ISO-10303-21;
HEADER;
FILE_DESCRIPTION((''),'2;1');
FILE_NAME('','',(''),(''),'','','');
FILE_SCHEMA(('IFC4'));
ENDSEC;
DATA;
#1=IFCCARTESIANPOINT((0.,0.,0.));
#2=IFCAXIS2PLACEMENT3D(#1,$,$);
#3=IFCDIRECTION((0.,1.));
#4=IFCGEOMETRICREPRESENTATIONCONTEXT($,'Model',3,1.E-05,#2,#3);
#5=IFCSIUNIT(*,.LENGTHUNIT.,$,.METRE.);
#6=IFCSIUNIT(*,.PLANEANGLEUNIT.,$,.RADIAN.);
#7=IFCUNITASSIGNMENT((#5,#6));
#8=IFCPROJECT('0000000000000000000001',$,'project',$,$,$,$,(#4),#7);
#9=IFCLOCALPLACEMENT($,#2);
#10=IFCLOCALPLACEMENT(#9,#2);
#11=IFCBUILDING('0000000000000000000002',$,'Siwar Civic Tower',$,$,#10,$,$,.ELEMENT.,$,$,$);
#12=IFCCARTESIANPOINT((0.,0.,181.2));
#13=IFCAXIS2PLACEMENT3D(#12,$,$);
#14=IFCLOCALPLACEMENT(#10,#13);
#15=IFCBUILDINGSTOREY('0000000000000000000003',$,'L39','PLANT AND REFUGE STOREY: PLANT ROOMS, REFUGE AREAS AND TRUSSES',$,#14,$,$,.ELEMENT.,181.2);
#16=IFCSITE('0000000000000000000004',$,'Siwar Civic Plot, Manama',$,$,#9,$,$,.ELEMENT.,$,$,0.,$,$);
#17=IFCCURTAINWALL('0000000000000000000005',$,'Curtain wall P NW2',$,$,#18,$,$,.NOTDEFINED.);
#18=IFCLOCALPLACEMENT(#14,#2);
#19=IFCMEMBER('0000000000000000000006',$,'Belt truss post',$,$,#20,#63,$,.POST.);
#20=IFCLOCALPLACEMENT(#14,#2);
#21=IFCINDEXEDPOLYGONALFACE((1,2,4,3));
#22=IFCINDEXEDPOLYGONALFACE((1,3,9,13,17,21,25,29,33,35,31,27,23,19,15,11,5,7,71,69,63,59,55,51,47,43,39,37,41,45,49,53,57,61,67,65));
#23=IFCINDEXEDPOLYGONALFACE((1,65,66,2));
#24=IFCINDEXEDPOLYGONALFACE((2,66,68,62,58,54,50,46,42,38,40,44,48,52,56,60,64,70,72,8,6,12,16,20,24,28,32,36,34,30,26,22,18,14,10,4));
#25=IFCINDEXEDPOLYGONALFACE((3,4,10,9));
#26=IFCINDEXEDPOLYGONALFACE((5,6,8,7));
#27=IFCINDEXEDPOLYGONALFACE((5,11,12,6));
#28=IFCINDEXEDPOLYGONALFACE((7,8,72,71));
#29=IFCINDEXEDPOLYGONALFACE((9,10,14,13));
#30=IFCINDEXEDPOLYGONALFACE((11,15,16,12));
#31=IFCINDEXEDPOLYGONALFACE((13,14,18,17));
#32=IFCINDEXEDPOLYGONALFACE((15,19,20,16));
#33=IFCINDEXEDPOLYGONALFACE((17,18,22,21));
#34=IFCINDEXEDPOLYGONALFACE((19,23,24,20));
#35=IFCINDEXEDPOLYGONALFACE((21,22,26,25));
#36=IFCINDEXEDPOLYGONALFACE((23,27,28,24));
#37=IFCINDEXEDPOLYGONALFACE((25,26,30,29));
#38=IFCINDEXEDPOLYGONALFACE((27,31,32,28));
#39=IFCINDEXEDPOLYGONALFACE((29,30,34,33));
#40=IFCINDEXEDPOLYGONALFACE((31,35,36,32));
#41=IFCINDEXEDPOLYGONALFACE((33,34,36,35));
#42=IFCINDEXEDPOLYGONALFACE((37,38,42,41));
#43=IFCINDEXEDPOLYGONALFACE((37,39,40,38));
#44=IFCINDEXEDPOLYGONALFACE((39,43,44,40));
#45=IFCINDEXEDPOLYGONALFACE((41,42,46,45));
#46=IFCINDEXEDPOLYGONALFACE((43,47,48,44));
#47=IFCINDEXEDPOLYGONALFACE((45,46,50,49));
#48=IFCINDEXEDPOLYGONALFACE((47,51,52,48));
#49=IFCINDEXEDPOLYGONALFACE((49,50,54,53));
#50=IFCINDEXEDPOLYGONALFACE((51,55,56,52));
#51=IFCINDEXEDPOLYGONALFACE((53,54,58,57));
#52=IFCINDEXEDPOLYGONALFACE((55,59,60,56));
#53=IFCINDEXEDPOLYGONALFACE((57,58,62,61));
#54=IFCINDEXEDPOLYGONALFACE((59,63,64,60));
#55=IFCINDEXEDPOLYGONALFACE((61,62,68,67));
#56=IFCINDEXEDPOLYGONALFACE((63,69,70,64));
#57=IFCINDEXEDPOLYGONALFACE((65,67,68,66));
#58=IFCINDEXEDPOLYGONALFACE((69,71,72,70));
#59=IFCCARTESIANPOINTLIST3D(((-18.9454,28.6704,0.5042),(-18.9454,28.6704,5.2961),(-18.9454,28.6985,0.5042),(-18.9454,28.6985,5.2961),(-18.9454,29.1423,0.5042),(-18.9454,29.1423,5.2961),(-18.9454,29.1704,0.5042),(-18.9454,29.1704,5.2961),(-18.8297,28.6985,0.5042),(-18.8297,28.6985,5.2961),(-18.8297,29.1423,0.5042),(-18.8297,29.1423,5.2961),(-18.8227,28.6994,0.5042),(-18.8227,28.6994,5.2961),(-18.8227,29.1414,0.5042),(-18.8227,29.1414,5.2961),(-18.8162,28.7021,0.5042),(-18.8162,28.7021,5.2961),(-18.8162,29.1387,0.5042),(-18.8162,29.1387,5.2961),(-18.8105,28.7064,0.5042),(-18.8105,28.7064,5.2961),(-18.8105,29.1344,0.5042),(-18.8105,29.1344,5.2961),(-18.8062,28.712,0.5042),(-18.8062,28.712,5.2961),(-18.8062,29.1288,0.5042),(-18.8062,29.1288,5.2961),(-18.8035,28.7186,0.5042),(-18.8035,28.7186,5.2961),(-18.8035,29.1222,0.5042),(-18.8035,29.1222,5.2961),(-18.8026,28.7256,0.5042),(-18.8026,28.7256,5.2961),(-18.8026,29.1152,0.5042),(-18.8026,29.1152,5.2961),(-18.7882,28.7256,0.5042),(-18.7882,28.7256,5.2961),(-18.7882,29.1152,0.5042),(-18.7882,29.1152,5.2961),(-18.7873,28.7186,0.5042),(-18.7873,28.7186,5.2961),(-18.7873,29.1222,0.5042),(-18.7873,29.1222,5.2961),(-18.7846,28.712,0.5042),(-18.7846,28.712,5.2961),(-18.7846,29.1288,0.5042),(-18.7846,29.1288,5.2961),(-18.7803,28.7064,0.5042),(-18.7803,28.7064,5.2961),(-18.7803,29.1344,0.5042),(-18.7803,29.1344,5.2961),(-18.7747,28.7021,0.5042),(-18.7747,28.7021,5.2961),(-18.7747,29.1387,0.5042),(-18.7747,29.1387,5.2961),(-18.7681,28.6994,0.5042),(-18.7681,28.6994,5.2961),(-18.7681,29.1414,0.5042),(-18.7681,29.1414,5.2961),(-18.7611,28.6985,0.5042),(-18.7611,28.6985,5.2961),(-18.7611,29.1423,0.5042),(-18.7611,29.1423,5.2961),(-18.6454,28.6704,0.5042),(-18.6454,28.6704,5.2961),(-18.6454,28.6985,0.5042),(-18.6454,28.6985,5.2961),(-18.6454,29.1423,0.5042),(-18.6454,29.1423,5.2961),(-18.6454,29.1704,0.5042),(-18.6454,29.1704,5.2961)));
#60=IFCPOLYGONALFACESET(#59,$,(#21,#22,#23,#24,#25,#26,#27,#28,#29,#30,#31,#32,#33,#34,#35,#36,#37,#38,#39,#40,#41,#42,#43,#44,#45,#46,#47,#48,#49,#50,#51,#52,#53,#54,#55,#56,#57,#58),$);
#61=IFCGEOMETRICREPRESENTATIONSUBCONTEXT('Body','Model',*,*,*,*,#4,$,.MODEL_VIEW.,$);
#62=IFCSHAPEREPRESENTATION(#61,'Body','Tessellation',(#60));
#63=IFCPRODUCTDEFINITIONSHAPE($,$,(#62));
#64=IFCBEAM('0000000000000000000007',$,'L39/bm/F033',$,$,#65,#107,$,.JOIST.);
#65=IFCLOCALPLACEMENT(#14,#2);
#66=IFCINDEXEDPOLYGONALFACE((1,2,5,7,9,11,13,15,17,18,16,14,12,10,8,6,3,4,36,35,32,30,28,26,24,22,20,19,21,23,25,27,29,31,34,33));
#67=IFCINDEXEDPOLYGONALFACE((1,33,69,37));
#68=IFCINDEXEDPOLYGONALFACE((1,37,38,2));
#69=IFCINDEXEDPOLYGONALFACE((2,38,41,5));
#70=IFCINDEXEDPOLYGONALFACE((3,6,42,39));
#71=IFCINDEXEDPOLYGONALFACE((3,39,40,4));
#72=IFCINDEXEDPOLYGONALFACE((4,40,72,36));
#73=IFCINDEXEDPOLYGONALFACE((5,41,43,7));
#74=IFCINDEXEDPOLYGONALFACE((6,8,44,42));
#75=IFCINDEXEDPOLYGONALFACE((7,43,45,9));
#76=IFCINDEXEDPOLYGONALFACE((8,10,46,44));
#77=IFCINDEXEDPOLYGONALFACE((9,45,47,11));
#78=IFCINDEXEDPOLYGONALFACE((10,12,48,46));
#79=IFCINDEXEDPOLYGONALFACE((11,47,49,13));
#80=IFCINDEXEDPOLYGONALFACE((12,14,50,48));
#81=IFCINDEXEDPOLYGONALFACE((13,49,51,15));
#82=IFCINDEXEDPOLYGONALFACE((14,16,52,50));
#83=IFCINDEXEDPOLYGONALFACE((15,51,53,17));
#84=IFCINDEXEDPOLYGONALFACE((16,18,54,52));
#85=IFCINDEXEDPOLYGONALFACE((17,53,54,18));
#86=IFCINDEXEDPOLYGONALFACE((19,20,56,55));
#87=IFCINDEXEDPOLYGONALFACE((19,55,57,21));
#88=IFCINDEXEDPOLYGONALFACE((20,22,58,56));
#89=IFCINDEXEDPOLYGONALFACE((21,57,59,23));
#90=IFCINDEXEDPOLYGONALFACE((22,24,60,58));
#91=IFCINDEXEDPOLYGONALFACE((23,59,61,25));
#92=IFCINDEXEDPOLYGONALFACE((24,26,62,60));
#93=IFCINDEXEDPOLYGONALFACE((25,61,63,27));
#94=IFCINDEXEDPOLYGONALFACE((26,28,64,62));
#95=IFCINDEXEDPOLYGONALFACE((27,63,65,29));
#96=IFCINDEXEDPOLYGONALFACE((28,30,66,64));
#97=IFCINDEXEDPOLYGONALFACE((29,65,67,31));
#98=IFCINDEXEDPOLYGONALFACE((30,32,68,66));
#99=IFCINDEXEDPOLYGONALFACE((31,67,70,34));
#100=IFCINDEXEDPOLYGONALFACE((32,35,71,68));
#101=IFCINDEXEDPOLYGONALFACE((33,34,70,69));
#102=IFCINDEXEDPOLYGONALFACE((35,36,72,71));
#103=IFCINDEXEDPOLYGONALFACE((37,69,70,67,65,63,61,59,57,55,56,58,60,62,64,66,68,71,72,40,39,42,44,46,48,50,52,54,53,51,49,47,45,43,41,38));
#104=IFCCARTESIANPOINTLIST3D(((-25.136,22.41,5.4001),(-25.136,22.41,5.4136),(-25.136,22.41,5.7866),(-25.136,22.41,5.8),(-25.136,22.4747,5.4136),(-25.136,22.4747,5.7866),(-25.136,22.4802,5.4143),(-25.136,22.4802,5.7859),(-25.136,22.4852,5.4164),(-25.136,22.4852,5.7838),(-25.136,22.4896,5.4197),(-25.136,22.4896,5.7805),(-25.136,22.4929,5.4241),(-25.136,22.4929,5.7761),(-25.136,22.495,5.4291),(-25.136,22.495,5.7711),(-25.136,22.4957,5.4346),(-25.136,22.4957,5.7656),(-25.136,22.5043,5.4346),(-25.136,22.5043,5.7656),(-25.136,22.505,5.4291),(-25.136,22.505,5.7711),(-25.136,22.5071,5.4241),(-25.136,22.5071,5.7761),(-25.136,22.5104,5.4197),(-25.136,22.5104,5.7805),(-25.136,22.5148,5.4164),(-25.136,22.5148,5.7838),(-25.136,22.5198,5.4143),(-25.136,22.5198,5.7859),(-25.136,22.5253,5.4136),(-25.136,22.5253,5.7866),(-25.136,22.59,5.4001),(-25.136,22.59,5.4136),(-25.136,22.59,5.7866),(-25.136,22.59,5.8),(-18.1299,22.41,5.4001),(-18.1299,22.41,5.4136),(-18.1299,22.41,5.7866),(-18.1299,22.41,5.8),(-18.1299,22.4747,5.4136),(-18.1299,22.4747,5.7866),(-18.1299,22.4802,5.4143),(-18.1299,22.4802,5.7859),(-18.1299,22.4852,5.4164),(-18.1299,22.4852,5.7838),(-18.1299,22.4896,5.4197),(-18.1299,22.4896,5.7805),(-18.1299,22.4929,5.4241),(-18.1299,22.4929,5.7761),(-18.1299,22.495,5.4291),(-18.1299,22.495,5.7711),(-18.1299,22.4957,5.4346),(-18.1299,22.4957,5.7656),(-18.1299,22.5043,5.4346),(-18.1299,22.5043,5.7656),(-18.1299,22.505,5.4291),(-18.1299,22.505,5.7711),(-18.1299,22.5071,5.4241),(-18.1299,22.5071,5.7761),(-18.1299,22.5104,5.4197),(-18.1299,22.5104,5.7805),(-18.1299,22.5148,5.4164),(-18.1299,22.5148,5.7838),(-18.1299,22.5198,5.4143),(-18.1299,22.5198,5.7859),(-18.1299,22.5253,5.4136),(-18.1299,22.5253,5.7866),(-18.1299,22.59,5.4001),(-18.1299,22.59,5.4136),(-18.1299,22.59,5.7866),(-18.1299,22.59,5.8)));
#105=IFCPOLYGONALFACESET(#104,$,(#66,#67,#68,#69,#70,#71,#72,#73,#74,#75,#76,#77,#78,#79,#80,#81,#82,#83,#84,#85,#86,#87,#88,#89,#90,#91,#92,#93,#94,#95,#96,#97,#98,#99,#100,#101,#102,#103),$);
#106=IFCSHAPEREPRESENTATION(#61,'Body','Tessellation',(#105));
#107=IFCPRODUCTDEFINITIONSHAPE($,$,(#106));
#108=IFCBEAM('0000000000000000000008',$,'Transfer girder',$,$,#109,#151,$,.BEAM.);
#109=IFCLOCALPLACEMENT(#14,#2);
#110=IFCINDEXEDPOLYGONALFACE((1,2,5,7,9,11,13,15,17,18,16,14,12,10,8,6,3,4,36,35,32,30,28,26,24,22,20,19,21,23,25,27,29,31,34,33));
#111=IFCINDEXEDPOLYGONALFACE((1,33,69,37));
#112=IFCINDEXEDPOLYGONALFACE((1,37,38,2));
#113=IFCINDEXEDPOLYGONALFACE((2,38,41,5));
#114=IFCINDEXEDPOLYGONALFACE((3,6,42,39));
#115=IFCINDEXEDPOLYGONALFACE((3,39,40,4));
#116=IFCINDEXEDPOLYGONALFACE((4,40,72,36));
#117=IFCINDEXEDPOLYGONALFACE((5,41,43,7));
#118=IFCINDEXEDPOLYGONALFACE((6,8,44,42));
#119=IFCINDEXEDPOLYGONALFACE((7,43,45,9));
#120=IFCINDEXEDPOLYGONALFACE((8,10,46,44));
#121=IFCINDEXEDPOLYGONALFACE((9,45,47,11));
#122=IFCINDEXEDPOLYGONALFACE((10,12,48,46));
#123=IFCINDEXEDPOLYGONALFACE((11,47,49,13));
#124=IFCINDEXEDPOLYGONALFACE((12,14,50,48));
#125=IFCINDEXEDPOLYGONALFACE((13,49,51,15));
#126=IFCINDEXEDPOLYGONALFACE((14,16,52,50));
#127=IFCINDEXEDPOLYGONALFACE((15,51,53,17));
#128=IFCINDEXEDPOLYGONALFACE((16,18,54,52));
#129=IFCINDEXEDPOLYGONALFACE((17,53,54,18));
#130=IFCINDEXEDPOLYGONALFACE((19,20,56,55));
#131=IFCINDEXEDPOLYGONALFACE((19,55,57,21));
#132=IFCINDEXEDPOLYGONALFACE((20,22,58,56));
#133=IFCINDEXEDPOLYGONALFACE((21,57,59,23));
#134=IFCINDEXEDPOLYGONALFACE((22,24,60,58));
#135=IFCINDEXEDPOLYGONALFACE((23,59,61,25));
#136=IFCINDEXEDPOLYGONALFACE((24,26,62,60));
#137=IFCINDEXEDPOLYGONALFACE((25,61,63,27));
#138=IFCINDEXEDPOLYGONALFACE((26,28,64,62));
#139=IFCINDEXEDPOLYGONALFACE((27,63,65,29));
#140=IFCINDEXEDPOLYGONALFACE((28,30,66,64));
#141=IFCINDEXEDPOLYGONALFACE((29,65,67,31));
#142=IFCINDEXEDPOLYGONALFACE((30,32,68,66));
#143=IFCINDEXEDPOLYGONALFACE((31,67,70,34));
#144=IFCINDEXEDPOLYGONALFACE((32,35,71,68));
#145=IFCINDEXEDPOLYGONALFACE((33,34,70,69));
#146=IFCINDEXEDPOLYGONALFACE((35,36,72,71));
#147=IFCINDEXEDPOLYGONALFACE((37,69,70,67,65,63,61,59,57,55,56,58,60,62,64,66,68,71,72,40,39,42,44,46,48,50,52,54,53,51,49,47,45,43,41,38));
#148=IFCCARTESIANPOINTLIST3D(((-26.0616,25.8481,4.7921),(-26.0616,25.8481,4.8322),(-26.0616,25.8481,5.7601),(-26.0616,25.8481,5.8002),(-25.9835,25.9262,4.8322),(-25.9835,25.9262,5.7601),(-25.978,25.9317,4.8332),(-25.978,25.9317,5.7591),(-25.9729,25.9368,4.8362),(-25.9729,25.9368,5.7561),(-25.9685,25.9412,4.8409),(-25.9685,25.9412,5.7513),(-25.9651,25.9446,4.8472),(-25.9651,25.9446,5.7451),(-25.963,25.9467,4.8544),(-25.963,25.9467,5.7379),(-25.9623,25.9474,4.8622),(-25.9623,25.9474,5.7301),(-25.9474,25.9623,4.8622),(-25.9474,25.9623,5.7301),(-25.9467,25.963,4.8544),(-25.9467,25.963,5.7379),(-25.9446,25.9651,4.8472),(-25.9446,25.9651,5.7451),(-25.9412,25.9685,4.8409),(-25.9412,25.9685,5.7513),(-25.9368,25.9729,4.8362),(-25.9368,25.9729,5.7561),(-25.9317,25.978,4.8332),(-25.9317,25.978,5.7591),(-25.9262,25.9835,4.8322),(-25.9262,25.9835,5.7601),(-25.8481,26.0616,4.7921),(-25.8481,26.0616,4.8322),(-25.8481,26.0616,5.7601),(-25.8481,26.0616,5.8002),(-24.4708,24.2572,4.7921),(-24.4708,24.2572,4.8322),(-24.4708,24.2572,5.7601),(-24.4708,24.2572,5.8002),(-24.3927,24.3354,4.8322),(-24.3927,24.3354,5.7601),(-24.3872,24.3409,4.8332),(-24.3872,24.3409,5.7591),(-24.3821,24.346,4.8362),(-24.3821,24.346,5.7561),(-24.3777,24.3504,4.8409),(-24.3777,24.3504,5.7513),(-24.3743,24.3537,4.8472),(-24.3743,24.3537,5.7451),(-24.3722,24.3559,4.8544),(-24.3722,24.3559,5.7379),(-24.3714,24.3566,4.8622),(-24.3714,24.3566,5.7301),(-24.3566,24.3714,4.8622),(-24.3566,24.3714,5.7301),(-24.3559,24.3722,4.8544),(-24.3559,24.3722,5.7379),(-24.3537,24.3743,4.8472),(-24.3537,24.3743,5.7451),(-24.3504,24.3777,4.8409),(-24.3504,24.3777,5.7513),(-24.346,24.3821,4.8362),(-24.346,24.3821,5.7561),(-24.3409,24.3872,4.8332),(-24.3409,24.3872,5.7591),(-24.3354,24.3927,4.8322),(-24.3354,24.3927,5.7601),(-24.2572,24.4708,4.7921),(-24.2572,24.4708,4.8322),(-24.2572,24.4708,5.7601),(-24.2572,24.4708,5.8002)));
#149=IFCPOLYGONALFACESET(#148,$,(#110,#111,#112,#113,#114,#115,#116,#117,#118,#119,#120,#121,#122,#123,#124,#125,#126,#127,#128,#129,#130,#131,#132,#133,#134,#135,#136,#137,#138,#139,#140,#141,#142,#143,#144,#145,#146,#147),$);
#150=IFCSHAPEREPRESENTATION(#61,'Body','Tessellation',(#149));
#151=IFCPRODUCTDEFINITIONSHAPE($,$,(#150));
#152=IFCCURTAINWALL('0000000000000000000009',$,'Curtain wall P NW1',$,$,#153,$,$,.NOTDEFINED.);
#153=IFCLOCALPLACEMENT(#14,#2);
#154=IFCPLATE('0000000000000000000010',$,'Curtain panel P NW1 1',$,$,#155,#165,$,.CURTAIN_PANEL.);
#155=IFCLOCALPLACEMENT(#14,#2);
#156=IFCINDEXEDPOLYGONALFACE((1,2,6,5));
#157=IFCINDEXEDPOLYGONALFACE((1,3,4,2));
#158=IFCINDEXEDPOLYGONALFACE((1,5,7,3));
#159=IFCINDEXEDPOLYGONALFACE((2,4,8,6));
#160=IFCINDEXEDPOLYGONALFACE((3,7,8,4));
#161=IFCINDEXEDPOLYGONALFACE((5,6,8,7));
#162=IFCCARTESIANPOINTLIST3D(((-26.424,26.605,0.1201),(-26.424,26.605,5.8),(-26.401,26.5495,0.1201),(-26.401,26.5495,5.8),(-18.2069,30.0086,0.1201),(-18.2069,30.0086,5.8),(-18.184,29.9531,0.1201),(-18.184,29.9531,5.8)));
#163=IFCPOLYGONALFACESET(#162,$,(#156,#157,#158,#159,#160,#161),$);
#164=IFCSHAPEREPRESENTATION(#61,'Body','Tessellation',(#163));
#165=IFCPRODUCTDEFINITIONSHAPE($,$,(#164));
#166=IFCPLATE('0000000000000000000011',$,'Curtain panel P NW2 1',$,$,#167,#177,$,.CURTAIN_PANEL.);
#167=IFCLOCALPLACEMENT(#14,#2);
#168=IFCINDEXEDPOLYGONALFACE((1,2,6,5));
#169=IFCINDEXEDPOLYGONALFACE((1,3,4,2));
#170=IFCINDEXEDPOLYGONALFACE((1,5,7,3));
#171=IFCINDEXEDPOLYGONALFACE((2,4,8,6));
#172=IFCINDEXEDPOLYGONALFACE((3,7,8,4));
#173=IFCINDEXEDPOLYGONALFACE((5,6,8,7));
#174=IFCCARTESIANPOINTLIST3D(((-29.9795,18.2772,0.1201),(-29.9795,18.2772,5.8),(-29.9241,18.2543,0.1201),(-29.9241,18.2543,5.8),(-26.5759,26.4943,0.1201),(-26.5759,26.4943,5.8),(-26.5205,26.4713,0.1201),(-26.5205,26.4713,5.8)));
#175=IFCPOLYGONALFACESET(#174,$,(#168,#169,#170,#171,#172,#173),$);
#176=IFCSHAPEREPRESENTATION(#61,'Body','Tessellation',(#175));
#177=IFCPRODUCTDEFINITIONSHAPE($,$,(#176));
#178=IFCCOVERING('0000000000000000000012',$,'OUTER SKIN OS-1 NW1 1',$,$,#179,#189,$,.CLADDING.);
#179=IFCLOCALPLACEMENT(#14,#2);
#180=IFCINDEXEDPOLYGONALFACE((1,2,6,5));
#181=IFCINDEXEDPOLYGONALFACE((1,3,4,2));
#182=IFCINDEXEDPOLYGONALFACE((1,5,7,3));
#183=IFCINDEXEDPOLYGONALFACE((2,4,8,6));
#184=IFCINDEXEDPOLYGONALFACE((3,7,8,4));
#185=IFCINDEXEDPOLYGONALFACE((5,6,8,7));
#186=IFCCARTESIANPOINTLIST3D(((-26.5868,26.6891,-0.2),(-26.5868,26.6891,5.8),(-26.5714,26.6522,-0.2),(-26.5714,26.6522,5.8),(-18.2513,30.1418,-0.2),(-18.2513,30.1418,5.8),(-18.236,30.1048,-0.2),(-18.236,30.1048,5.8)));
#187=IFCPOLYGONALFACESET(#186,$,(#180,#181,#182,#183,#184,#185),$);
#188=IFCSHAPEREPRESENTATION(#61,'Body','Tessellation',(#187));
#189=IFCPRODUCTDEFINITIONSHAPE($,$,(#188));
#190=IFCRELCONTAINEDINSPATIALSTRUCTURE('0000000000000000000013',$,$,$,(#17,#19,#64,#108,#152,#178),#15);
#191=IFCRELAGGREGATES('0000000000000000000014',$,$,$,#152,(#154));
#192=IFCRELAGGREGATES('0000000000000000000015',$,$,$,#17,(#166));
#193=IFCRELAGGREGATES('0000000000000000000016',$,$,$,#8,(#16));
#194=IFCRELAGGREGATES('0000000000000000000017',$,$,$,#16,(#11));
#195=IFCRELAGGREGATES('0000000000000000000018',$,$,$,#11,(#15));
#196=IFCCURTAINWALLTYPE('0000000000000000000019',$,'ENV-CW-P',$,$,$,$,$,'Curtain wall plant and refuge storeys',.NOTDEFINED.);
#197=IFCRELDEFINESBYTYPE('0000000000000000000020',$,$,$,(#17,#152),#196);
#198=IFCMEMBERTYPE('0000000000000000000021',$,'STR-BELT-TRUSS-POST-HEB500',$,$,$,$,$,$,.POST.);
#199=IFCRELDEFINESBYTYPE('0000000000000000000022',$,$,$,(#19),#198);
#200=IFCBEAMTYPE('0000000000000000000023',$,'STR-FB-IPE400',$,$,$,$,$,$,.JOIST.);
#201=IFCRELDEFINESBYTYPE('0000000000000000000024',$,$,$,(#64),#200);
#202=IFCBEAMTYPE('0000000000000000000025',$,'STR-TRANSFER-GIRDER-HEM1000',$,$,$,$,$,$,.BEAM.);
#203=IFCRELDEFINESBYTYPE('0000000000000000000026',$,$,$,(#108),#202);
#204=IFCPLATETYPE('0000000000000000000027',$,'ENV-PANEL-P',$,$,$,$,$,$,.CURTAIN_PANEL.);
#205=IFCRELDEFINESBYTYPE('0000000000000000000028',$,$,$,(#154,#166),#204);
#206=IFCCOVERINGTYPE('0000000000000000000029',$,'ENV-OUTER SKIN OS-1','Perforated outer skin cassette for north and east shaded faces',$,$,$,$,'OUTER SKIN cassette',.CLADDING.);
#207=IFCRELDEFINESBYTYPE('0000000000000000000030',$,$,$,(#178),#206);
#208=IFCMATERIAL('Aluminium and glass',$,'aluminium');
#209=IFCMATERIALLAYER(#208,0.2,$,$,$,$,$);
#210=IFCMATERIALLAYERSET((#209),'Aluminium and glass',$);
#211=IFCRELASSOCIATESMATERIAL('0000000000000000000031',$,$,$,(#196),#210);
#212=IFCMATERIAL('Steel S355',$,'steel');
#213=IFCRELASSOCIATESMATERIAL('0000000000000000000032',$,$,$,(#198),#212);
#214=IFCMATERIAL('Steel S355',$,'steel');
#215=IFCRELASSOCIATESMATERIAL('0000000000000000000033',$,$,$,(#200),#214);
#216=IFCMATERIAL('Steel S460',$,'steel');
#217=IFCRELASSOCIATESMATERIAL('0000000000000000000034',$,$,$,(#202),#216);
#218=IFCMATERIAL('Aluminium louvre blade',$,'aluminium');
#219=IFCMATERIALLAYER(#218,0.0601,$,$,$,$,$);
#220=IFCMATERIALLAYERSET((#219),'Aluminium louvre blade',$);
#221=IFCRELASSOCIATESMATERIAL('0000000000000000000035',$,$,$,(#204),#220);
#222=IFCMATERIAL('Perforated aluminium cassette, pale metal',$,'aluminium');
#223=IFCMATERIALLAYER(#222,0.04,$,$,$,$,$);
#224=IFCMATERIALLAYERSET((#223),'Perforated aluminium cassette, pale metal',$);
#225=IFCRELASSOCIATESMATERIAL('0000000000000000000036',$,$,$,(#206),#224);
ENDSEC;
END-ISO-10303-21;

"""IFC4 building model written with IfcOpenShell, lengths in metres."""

from ifc_helpers import new_model, si_unit, direction, frame, origin, origin_2d, place, context, subcontext, project, spatial, rectangle, i_section, extrude, material, layer, layer_set, material_profile, profile_set, type_object, element, aggregate, save


model = new_model("IFC4")

# Units and contexts
model_context = context("Model", 3, precision=1e-05, world=origin(), true_north=direction((0.0, 1.0)))
body_context = subcontext(model_context, "Body", "Model", "MODEL_VIEW")
ifc_project = project(units=[si_unit("LENGTHUNIT", "METRE"), si_unit("PLANEANGLEUNIT", "RADIAN")], contexts=[model_context])

# Site, building, storey
site_placement = place(None, origin())
site = spatial("IfcSite", under=ifc_project, at=site_placement, Name="Siwar Civic Plot, Manama", CompositionType="ELEMENT", RefElevation=0.0)
building_placement = place(site_placement, origin())
building = spatial("IfcBuilding", under=site, at=building_placement, Name="Siwar Civic Tower", CompositionType="ELEMENT")
storey_placement = place(building_placement, frame((0.0, 0.0, 181.2)))
storey = spatial("IfcBuildingStorey", under=building, at=storey_placement, Name="L39", Description="PLANT AND REFUGE STOREY: PLANT ROOMS, REFUGE AREAS AND TRUSSES", CompositionType="ELEMENT", Elevation=181.2)

# Curtain wall
ifc_material_1 = material(Name="Aluminium and glass", Category="aluminium")
ifc_layer_1 = layer(ifc_material_1, 0.2)
ifc_layer_set_1 = layer_set([ifc_layer_1], Name="Aluminium and glass")
curtain_wall_type = type_object("IfcCurtainWallType", Name="ENV-CW-P", ElementType="Curtain wall plant and refuge storeys", PredefinedType="NOTDEFINED", material=ifc_layer_set_1)
curtain_wall_1_placement = place(storey_placement, origin())
curtain_wall_1 = element("IfcCurtainWall", 1, at=curtain_wall_1_placement, inside=storey, type_object=curtain_wall_type, Name="Curtain wall P NW2", PredefinedType="NOTDEFINED")

# Member
ifc_material_2 = material(Name="Steel S355", Category="steel")
ifc_material_profile_1 = material_profile(ifc_material_2, i_section(OverallWidth=0.3, OverallDepth=0.5, WebThickness=0.0144, FlangeThickness=0.0281, FilletRadius=0.0271, at=origin_2d()), Name="HEB500")
ifc_profile_set_1 = profile_set([ifc_material_profile_1], Name="Steel S355")
member_type_1 = type_object("IfcMemberType", Name="STR-BELT-TRUSS-POST-HEB500", PredefinedType="POST", material=ifc_profile_set_1)
for number, where, z_axis, x_axis, name in (
    (2, (-18.7954, 28.9204, 0.5042), (0.0, 0.0, 1.0), (1.0, 0.0, 0.0), "Belt truss post"),
):
    element("IfcMember", number, at=place(storey_placement, frame(where, z_axis=z_axis, x_axis=x_axis)), inside=storey, type_object=member_type_1, Name=name, PredefinedType="POST", context=body_context, shape_type="SweptSolid", body=[
        extrude(i_section(OverallWidth=0.3, OverallDepth=0.5, WebThickness=0.0144, FlangeThickness=0.0281, FilletRadius=0.0271, at=origin_2d()), origin(), (0.0, 0.0, 1.0), 4.792),
    ])

# Beams
ifc_material_3 = material(Name="Steel S355", Category="steel")
ifc_material_profile_2 = material_profile(ifc_material_3, i_section(OverallWidth=0.1799, OverallDepth=0.3999, WebThickness=0.0085, FlangeThickness=0.0134, FilletRadius=0.021, at=origin_2d()), Name="IPE400")
ifc_profile_set_2 = profile_set([ifc_material_profile_2], Name="Steel S355")
beam_type_1 = type_object("IfcBeamType", Name="STR-FB-IPE400", PredefinedType="JOIST", material=ifc_profile_set_2)
beam_1_placement = place(storey_placement, frame((-25.136, 22.5, 5.6001), z_axis=(1.0, 0.0, 0.0), x_axis=(0.0, 1.0, 0.0)))
element("IfcBeam", 3, at=beam_1_placement, inside=storey, type_object=beam_type_1, Name="L39/bm/F033", PredefinedType="JOIST", context=body_context, shape_type="SweptSolid", body=[
    extrude(i_section(OverallWidth=0.1799, OverallDepth=0.3999, WebThickness=0.0085, FlangeThickness=0.0134, FilletRadius=0.021, at=origin_2d()), origin(), (0.0, 0.0, 1.0), 7.0061),
])
ifc_material_4 = material(Name="Steel S460", Category="steel")
ifc_material_profile_3 = material_profile(ifc_material_4, i_section(OverallWidth=0.302, OverallDepth=1.0081, WebThickness=0.021, FlangeThickness=0.04, FilletRadius=0.03, at=origin_2d()), Name="HEM1000")
ifc_profile_set_3 = profile_set([ifc_material_profile_3], Name="Steel S460")
beam_type_2 = type_object("IfcBeamType", Name="STR-TRANSFER-GIRDER-HEM1000", PredefinedType="BEAM", material=ifc_profile_set_3)
beam_2_placement = place(storey_placement, frame((-24.364, 24.364, 5.2961), z_axis=(-0.707107, 0.707107, 0.0), x_axis=(-0.707107, -0.707107, 0.0)))
element("IfcBeam", 4, at=beam_2_placement, inside=storey, type_object=beam_type_2, Name="Transfer girder", PredefinedType="BEAM", context=body_context, shape_type="SweptSolid", body=[
    extrude(i_section(OverallWidth=0.302, OverallDepth=1.0081, WebThickness=0.021, FlangeThickness=0.04, FilletRadius=0.03, at=origin_2d()), origin(), (0.0, 0.0, 1.0), 2.2498),
])

# Curtain wall, plate
curtain_wall_2_placement = place(storey_placement, origin())
curtain_wall_2 = element("IfcCurtainWall", 5, at=curtain_wall_2_placement, inside=storey, type_object=curtain_wall_type, Name="Curtain wall P NW1", PredefinedType="NOTDEFINED")
ifc_material_5 = material(Name="Aluminium louvre blade", Category="aluminium")
ifc_layer_2 = layer(ifc_material_5, 0.0601)
ifc_layer_set_2 = layer_set([ifc_layer_2], Name="Aluminium louvre blade")
plate_type = type_object("IfcPlateType", Name="ENV-PANEL-P", PredefinedType="CURTAIN_PANEL", material=ifc_layer_set_2)
plate_1_placement = place(storey_placement, frame((-22.304, 28.2791, 0.1201), z_axis=(0.0, 0.0, 1.0), x_axis=(-0.92388, -0.382683, 0.0)))
plate_1 = element("IfcPlate", 6, at=plate_1_placement, type_object=plate_type, Name="Curtain panel P NW1 1", PredefinedType="CURTAIN_PANEL", context=body_context, shape_type="SweptSolid", body=[
    extrude(rectangle(XDim=8.894, YDim=0.0601, at=origin_2d()), origin(), (0.0, 0.0, 1.0), 5.6799),
])
aggregate(curtain_wall_2, [plate_1])

# Plate
plate_2_placement = place(storey_placement, frame((-28.25, 22.3743, 0.1201), z_axis=(0.0, 0.0, 1.0), x_axis=(-0.382683, -0.92388, 0.0)))
plate_2 = element("IfcPlate", 7, at=plate_2_placement, type_object=plate_type, Name="Curtain panel P NW2 1", PredefinedType="CURTAIN_PANEL", context=body_context, shape_type="SweptSolid", body=[
    extrude(rectangle(XDim=8.894, YDim=0.0601, at=origin_2d()), origin(), (0.0, 0.0, 1.0), 5.6799),
])
aggregate(curtain_wall_1, [plate_2])

# Covering
ifc_material_6 = material(Name="Perforated aluminium cassette, pale metal", Category="aluminium")
ifc_layer_3 = layer(ifc_material_6, 0.04)
ifc_layer_set_3 = layer_set([ifc_layer_3], Name="Perforated aluminium cassette, pale metal")
covering_type_1 = type_object("IfcCoveringType", Name="ENV-OUTER SKIN OS-1", Description="Perforated outer skin cassette for north and east shaded faces", ElementType="OUTER SKIN cassette", PredefinedType="CLADDING", material=ifc_layer_set_3)
covering_1_placement = place(storey_placement, frame((-22.4114, 28.397, -0.2), z_axis=(0.0, 0.0, 1.0), x_axis=(-0.92388, -0.382683, 0.0)))
element("IfcCovering", 8, at=covering_1_placement, inside=storey, type_object=covering_type_1, Name="OUTER SKIN OS-1 NW1 1", PredefinedType="CLADDING", context=body_context, shape_type="SweptSolid", body=[
    extrude(rectangle(XDim=9.0222, YDim=0.04, at=origin_2d()), origin(), (0.0, 0.0, 1.0), 6.0),
])

save(model, "model.ifc")
